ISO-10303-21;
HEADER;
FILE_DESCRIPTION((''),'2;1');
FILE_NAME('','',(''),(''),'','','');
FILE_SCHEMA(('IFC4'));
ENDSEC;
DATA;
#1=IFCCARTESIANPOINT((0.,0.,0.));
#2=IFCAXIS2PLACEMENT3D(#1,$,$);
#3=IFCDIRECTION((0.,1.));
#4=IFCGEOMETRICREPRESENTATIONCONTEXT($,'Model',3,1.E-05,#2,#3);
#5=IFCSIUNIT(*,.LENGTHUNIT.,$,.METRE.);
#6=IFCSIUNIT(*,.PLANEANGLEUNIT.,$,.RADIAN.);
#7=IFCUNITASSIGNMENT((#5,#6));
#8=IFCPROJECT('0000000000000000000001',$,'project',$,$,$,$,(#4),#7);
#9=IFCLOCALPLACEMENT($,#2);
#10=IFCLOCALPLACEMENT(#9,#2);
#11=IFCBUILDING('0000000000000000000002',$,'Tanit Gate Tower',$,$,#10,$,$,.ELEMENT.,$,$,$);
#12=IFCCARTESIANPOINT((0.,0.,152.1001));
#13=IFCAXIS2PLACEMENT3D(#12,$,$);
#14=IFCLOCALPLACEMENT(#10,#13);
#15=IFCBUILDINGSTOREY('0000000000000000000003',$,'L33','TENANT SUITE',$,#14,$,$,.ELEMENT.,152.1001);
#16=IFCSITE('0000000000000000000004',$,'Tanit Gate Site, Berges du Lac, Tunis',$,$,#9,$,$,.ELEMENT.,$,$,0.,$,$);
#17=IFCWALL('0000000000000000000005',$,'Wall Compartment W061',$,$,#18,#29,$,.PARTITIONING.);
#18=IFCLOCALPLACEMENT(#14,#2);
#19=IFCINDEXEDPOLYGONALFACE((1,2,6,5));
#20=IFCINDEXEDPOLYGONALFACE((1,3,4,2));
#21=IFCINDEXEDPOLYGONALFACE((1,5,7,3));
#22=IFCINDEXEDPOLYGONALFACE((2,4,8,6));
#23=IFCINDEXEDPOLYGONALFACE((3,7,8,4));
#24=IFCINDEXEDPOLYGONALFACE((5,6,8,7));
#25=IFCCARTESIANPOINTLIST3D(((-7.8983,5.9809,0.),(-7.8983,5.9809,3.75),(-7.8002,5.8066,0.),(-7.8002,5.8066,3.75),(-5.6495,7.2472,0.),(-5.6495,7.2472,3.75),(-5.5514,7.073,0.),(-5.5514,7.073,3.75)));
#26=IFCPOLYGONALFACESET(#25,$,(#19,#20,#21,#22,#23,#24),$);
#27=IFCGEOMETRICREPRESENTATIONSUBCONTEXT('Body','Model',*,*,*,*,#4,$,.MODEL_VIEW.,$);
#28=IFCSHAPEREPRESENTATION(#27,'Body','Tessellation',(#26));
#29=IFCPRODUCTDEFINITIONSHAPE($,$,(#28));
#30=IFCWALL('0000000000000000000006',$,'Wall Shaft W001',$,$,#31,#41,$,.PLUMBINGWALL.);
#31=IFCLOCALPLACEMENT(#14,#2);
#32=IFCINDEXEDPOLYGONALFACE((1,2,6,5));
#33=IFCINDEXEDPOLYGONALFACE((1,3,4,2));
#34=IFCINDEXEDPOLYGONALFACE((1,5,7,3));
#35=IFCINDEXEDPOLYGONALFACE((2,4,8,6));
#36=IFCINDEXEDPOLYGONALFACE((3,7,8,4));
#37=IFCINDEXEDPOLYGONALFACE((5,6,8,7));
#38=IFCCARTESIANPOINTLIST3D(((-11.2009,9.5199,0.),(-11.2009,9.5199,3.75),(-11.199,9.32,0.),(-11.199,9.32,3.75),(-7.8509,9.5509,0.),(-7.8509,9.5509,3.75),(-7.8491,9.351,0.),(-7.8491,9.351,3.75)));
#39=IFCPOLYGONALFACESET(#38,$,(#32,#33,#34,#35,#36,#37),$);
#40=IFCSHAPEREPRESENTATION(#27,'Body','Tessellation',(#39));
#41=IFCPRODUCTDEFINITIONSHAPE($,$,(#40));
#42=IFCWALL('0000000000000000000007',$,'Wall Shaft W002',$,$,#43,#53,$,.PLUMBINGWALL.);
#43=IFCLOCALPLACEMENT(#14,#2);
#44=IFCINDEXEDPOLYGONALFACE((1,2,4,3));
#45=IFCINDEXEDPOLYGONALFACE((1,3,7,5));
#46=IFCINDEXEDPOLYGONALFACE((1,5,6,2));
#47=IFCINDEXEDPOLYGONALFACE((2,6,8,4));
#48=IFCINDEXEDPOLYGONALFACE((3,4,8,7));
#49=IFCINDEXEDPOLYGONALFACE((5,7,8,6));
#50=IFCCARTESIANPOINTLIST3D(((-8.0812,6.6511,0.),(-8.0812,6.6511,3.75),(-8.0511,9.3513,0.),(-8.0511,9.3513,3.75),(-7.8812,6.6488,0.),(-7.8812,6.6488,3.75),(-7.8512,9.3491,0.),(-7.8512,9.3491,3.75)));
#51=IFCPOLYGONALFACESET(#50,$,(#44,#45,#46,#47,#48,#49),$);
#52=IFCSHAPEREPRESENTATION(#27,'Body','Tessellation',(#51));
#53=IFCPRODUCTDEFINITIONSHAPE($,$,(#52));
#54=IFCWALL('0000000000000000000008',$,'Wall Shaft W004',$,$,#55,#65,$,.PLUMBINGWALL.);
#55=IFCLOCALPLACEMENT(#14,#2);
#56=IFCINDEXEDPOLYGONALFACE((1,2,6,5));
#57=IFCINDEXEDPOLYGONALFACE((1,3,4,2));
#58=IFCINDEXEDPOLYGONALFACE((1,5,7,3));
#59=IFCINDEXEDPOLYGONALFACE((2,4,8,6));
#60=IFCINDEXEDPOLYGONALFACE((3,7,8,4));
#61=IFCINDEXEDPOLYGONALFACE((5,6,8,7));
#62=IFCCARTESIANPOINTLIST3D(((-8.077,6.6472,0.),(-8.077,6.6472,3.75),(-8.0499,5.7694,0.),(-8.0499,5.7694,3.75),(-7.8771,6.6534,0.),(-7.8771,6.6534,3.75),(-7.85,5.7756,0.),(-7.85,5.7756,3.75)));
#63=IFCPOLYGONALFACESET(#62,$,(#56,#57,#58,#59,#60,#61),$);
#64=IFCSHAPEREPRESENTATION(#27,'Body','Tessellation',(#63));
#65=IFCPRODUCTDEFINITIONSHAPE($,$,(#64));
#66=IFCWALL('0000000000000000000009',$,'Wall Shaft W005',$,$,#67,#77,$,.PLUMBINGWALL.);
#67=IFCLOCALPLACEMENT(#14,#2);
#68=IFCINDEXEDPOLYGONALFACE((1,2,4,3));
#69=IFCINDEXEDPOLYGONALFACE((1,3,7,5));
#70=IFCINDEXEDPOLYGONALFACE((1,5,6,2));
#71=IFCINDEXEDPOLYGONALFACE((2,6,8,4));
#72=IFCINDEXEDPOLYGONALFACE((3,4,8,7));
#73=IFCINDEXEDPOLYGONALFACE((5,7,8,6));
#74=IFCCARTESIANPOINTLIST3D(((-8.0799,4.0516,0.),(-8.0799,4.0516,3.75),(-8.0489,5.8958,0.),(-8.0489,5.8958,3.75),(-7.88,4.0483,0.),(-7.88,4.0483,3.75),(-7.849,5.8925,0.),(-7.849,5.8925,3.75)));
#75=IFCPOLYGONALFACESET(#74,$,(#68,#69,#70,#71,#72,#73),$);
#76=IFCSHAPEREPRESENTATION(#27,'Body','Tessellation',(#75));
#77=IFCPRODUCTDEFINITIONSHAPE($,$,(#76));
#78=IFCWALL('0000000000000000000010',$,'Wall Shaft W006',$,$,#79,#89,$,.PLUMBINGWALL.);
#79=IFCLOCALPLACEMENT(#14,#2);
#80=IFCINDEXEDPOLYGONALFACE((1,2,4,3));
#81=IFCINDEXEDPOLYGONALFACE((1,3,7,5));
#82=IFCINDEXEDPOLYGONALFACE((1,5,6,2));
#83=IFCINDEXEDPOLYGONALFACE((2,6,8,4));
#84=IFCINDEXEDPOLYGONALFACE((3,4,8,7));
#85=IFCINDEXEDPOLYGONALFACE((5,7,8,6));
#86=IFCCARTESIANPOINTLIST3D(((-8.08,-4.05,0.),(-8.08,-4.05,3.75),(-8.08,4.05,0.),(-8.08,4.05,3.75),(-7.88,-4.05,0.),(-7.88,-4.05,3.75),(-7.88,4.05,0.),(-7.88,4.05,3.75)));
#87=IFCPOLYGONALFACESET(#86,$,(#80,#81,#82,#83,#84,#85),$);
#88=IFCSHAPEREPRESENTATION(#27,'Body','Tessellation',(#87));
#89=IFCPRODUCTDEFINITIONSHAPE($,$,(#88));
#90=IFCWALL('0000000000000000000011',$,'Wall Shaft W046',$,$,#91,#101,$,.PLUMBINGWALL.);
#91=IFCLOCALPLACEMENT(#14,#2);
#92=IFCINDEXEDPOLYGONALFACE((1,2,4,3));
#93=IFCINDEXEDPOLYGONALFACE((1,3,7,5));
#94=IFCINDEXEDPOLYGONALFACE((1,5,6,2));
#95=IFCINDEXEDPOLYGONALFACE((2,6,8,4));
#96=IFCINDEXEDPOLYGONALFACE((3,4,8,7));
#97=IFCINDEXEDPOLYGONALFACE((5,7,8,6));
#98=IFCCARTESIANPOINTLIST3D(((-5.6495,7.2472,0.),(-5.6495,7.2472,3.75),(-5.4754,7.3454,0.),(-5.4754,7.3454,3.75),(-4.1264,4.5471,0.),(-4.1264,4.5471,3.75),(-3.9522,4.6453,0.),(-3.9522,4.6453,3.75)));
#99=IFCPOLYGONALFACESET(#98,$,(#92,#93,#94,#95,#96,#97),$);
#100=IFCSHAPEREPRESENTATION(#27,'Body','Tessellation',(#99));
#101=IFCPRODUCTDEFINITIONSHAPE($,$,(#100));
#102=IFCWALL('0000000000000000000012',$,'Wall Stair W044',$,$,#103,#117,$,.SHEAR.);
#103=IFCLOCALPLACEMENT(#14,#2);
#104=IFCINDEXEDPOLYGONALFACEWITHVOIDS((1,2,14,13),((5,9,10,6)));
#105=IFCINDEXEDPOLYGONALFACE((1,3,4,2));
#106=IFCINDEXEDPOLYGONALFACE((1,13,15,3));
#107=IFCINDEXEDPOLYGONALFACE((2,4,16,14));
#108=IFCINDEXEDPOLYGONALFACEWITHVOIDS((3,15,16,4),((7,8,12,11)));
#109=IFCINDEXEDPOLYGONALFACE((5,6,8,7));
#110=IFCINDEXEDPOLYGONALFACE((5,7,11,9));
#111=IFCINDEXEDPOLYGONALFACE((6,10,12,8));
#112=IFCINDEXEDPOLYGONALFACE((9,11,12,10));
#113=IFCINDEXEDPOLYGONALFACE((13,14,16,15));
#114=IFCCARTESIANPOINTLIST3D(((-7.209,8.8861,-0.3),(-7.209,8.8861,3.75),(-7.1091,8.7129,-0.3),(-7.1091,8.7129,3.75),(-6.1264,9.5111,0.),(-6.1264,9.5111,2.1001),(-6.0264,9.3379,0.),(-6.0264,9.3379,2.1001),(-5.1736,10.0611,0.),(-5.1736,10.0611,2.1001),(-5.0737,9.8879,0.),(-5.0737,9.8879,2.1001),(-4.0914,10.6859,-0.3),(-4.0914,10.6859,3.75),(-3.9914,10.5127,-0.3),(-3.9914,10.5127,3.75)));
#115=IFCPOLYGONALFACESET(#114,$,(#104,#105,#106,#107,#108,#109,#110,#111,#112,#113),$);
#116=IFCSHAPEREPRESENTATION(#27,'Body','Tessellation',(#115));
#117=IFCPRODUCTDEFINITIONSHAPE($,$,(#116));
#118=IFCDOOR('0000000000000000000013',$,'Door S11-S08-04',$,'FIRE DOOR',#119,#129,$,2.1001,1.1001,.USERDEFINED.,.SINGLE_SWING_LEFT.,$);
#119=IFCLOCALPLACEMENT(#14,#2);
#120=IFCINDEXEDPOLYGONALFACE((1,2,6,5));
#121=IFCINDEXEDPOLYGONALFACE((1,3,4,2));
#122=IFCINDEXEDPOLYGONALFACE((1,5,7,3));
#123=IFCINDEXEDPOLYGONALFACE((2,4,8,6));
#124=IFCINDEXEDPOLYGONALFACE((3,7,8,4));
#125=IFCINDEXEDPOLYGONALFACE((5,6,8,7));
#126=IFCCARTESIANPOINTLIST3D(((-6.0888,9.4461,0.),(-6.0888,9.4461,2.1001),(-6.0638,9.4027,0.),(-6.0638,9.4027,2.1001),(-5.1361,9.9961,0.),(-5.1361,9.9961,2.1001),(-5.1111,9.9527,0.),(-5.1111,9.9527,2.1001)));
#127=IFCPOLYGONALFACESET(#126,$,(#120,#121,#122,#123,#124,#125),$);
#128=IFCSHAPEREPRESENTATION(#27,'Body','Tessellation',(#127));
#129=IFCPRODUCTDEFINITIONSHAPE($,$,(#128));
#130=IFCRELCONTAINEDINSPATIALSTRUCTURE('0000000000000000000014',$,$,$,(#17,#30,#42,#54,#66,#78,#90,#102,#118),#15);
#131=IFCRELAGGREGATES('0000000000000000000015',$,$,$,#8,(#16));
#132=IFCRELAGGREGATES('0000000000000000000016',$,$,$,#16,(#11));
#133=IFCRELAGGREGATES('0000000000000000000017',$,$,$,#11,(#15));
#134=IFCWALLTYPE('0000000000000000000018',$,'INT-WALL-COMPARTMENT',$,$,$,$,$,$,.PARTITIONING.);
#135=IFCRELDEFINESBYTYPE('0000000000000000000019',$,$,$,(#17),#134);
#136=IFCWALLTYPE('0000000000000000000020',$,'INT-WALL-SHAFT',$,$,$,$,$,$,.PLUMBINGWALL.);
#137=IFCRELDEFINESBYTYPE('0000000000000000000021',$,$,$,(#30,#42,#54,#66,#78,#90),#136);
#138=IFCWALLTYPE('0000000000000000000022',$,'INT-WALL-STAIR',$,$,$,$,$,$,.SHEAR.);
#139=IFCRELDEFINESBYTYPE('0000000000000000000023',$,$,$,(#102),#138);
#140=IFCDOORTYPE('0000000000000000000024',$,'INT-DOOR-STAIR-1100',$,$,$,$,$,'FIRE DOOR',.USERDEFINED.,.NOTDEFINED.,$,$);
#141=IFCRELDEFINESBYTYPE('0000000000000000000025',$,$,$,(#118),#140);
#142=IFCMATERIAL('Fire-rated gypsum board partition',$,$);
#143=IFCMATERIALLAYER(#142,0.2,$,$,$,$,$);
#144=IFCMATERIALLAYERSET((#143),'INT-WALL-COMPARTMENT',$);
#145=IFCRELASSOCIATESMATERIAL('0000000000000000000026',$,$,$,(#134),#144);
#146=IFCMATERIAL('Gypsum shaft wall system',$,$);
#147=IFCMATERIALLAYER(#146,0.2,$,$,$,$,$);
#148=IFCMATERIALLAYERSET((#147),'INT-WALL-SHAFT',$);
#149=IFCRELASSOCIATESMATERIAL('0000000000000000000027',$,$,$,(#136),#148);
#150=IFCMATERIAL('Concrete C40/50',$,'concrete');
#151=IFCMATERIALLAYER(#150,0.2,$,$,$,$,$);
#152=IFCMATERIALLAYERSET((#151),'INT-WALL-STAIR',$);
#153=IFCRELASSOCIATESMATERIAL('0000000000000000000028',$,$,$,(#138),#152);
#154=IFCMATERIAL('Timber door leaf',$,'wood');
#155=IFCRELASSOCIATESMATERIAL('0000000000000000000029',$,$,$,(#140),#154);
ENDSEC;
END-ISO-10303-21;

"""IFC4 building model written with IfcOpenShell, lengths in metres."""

from ifc_helpers import new_model, si_unit, direction, frame, frame_2d, origin, place, context, subcontext, project, spatial, rectangle, extrude, material, layer, layer_set, type_object, element, fill, save


model = new_model("IFC4")

# Units and contexts
model_context = context("Model", 3, precision=1e-05, world=origin(), true_north=direction((0.0, 1.0)))
body_context = subcontext(model_context, "Body", "Model", "MODEL_VIEW")
ifc_project = project(units=[si_unit("LENGTHUNIT", "METRE"), si_unit("PLANEANGLEUNIT", "RADIAN")], contexts=[model_context])

# Site, building, storey
site_placement = place(None, origin())
site = spatial("IfcSite", under=ifc_project, at=site_placement, Name="Tanit Gate Site, Berges du Lac, Tunis", CompositionType="ELEMENT", RefElevation=0.0)
building_placement = place(site_placement, origin())
building = spatial("IfcBuilding", under=site, at=building_placement, Name="Tanit Gate Tower", CompositionType="ELEMENT")
storey_placement = place(building_placement, frame((0.0, 0.0, 152.1001)))
storey = spatial("IfcBuildingStorey", under=building, at=storey_placement, Name="L33", Description="TENANT SUITE", CompositionType="ELEMENT", Elevation=152.1001)

# Walls
ifc_material_1 = material(Name="Fire-rated gypsum board partition")
ifc_layer_1 = layer(ifc_material_1, 0.2)
ifc_layer_set_1 = layer_set([ifc_layer_1], Name="INT-WALL-COMPARTMENT")
wall_type_1 = type_object("IfcWallType", Name="INT-WALL-COMPARTMENT", PredefinedType="PARTITIONING", material=ifc_layer_set_1)
wall_1_placement = place(storey_placement, frame((-5.6003, 7.1602, 0.0), z_axis=(0.0, 0.0, 1.0), x_axis=(-0.87134, -0.490679, 0.0)))
element("IfcWall", 1, at=wall_1_placement, inside=storey, type_object=wall_type_1, Name="Wall Compartment W061", PredefinedType="PARTITIONING", context=body_context, shape_type="SweptSolid", body=[
    extrude(rectangle(XDim=2.5808, YDim=0.2, at=frame_2d((1.2905, 0.0))), origin(), (0.0, 0.0, 1.0), 3.75),
])
ifc_material_2 = material(Name="Gypsum shaft wall system")
ifc_layer_2 = layer(ifc_material_2, 0.2)
ifc_layer_set_2 = layer_set([ifc_layer_2], Name="INT-WALL-SHAFT")
wall_type_2 = type_object("IfcWallType", Name="INT-WALL-SHAFT", PredefinedType="PLUMBINGWALL", material=ifc_layer_set_2)
wall_2_placement = place(storey_placement, frame((-11.2, 9.4199, 0.0), z_axis=(0.0, 0.0, 1.0), x_axis=(0.999957, 0.009255, 0.0)))
element("IfcWall", 2, at=wall_2_placement, inside=storey, type_object=wall_type_2, Name="Wall Shaft W001", PredefinedType="PLUMBINGWALL", context=body_context, shape_type="SweptSolid", body=[
    extrude(rectangle(XDim=3.3501, YDim=0.2, at=frame_2d((1.675, 0.0))), origin(), (0.0, 0.0, 1.0), 3.75),
])
wall_3_placement = place(storey_placement, frame((-7.9512, 9.3501, 0.0), z_axis=(0.0, 0.0, 1.0), x_axis=(-0.01112, -0.999938, 0.0)))
element("IfcWall", 3, at=wall_3_placement, inside=storey, type_object=wall_type_2, Name="Wall Shaft W002", PredefinedType="PLUMBINGWALL", context=body_context, shape_type="SweptSolid", body=[
    extrude(rectangle(XDim=2.7004, YDim=0.2, at=frame_2d((1.3501, 0.0))), origin(), (0.0, 0.0, 1.0), 3.75),
])
wall_4_placement = place(storey_placement, frame((-7.9771, 6.6501, 0.0), z_axis=(0.0, 0.0, 1.0), x_axis=(0.030862, -0.999524, 0.0)))
element("IfcWall", 4, at=wall_4_placement, inside=storey, type_object=wall_type_2, Name="Wall Shaft W004", PredefinedType="PLUMBINGWALL", context=body_context, shape_type="SweptSolid", body=[
    extrude(rectangle(XDim=0.8782, YDim=0.2, at=frame_2d((0.439, 0.0))), origin(), (0.0, 0.0, 1.0), 3.75),
])
wall_5_placement = place(storey_placement, frame((-7.949, 5.8943, 0.0), z_axis=(0.0, 0.0, 1.0), x_axis=(-0.01681, -0.999859, 0.0)))
element("IfcWall", 5, at=wall_5_placement, inside=storey, type_object=wall_type_2, Name="Wall Shaft W005", PredefinedType="PLUMBINGWALL", context=body_context, shape_type="SweptSolid", body=[
    extrude(rectangle(XDim=1.8445, YDim=0.2, at=frame_2d((0.9224, 0.0))), origin(), (0.0, 0.0, 1.0), 3.75),
])
wall_6_placement = place(storey_placement, frame((-7.98, 4.05, 0.0), z_axis=(0.0, 0.0, 1.0), x_axis=(0.0, -1.0, 0.0)))
element("IfcWall", 6, at=wall_6_placement, inside=storey, type_object=wall_type_2, Name="Wall Shaft W006", PredefinedType="PLUMBINGWALL", context=body_context, shape_type="SweptSolid", body=[
    extrude(rectangle(XDim=8.1001, YDim=0.2, at=frame_2d((4.05, 0.0))), origin(), (0.0, 0.0, 1.0), 3.75),
])

# Wall
wall_7_placement = place(storey_placement, frame((-4.0393, 4.5962, 0.0), z_axis=(0.0, 0.0, 1.0), x_axis=(-0.491323, 0.870978, 0.0)))
element("IfcWall", 7, at=wall_7_placement, inside=storey, type_object=wall_type_2, Name="Wall Shaft W046", PredefinedType="PLUMBINGWALL", context=body_context, shape_type="SweptSolid", body=[
    extrude(rectangle(XDim=3.1001, YDim=0.2, at=frame_2d((1.55, 0.0))), origin(), (0.0, 0.0, 1.0), 3.75),
])

# Wall, opening, door
ifc_material_3 = material(Name="Concrete C40/50", Category="concrete")
ifc_layer_3 = layer(ifc_material_3, 0.2)
ifc_layer_set_3 = layer_set([ifc_layer_3], Name="INT-WALL-STAIR")
wall_type_3 = type_object("IfcWallType", Name="INT-WALL-STAIR", PredefinedType="SHEAR", material=ifc_layer_set_3)
wall_8_placement = place(storey_placement, frame((-7.1589, 8.7996, -0.3), z_axis=(0.0, 0.0, 1.0), x_axis=(0.866048, 0.499961, 0.0)))
wall_8 = element("IfcWall", 8, at=wall_8_placement, inside=storey, type_object=wall_type_3, Name="Wall Stair W044", PredefinedType="SHEAR", context=body_context, shape_type="SweptSolid", body=[
    extrude(rectangle(XDim=3.5999, YDim=0.2, at=frame_2d((1.7998, 0.0))), origin(), (0.0, 0.0, 1.0), 4.05),
])
opening_1_placement = place(wall_8_placement, frame((1.25, 0.0, 0.3)))
opening_1 = element("IfcOpeningElement", 9, at=opening_1_placement, cuts=wall_8, PredefinedType="OPENING", context=body_context, shape_type="SweptSolid", body=[
    extrude(rectangle(XDim=1.1001, YDim=2.1001, at=frame_2d((0.55, 1.05))), frame((0.0, 0.1099, 0.0), z_axis=(0.0, -1.0, 0.0), x_axis=(1.0, 0.0, 0.0)), (0.0, 0.0, 1.0), 0.22),
])
ifc_material_4 = material(Name="Timber door leaf", Category="wood")
door_type_1 = type_object("IfcDoorType", Name="INT-DOOR-STAIR-1100", ElementType="FIRE DOOR", OperationType="NOTDEFINED", PredefinedType="USERDEFINED", material=ifc_material_4)
door_1_placement = place(opening_1_placement, origin())
door_1 = element("IfcDoor", 10, at=door_1_placement, inside=storey, type_object=door_type_1, Name="Door S11-S08-04", ObjectType="FIRE DOOR", OperationType="SINGLE_SWING_LEFT", OverallHeight=2.1001, OverallWidth=1.1001, PredefinedType="USERDEFINED", context=body_context, shape_type="SweptSolid", body=[
    extrude(rectangle(XDim=1.1001, YDim=2.1001, at=frame_2d((0.55, 1.05))), frame((0.0, 0.0249, 0.0), z_axis=(0.0, -1.0, 0.0), x_axis=(1.0, 0.0, 0.0)), (0.0, 0.0, 1.0), 0.05),
])
fill(opening_1, door_1)

save(model, "model.ifc")
